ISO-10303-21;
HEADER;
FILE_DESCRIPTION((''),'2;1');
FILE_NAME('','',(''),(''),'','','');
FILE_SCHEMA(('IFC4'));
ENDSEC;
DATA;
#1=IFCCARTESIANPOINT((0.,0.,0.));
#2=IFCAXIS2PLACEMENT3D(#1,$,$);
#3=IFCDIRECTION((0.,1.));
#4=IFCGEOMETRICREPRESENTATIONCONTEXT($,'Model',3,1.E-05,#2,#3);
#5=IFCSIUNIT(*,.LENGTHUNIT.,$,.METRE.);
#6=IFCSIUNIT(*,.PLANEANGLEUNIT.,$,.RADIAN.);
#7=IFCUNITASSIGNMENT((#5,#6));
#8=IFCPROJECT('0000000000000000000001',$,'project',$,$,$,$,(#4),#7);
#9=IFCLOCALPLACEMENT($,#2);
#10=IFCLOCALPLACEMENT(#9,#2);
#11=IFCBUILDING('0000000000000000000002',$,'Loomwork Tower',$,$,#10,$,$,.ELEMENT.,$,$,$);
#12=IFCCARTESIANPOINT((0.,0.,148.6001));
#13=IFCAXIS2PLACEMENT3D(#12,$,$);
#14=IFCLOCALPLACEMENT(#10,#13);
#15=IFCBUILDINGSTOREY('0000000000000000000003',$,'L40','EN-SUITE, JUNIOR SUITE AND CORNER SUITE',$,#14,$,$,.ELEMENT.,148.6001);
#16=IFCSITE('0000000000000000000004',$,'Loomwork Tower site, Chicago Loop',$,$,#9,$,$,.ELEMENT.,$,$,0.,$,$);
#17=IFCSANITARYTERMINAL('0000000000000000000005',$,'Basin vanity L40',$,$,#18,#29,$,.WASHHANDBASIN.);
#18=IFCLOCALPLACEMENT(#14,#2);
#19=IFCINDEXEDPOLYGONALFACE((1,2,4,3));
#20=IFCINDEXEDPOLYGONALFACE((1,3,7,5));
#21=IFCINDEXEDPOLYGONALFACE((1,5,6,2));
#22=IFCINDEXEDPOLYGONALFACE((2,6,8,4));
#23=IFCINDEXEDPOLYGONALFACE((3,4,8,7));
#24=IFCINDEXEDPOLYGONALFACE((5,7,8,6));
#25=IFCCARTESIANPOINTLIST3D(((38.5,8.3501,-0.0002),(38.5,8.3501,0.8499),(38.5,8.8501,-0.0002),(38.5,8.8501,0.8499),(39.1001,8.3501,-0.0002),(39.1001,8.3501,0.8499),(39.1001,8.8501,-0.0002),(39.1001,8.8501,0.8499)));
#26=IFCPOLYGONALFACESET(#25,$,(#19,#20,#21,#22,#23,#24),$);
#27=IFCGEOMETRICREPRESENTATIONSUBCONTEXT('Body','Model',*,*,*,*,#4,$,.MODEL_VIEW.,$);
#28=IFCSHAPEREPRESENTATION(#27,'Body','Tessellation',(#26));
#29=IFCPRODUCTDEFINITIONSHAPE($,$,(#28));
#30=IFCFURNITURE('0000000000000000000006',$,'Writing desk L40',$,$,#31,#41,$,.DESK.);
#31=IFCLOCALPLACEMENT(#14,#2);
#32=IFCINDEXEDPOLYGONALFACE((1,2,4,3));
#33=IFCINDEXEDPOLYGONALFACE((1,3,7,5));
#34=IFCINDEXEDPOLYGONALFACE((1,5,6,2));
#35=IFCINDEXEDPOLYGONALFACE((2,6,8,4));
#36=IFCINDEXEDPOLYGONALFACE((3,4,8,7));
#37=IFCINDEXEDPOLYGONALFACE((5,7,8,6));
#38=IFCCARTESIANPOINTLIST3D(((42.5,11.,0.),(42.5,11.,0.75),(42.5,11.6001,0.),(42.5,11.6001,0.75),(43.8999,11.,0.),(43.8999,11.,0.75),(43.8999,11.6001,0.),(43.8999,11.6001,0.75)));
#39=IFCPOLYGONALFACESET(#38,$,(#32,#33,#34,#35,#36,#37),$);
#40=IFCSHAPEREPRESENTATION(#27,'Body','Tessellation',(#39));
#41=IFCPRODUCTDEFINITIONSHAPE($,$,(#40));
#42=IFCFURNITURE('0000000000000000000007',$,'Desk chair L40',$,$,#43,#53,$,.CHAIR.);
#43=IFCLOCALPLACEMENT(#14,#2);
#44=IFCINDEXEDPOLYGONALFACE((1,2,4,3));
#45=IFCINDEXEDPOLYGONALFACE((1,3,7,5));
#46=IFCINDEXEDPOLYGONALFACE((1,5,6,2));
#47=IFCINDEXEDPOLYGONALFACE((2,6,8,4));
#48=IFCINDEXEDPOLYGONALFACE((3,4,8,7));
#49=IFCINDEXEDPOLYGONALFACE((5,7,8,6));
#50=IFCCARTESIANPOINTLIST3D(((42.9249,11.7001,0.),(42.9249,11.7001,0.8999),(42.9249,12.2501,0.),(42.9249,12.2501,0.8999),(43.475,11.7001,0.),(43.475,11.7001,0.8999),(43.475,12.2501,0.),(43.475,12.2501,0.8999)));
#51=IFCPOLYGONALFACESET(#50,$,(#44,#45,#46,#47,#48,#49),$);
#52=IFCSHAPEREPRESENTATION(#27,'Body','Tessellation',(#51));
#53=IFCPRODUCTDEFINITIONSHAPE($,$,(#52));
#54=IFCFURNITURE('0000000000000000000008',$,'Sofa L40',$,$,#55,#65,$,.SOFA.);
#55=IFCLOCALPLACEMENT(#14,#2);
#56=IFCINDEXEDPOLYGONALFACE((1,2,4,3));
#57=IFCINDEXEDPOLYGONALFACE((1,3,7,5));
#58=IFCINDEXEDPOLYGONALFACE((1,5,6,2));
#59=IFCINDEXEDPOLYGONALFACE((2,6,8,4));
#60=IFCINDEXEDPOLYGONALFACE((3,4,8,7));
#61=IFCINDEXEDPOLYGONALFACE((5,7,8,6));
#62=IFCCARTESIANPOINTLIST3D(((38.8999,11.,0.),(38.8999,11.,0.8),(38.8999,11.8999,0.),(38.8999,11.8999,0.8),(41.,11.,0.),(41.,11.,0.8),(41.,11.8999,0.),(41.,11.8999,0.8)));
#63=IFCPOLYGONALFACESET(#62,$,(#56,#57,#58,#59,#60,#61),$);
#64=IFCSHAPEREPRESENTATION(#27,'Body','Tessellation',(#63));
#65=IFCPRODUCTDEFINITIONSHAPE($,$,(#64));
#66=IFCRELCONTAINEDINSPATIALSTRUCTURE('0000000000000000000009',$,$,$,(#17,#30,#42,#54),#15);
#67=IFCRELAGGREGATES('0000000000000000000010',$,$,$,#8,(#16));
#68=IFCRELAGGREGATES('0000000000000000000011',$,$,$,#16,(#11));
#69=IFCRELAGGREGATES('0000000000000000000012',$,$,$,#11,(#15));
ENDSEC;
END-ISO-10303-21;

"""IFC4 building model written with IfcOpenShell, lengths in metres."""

from ifc_helpers import new_model, si_unit, direction, frame, origin, origin_2d, place, context, subcontext, project, spatial, rectangle, extrude, element, save


model = new_model("IFC4")

# Units and contexts
model_context = context("Model", 3, precision=1e-05, world=origin(), true_north=direction((0.0, 1.0)))
body_context = subcontext(model_context, "Body", "Model", "MODEL_VIEW")
ifc_project = project(units=[si_unit("LENGTHUNIT", "METRE"), si_unit("PLANEANGLEUNIT", "RADIAN")], contexts=[model_context])

# Site, building, storey
site_placement = place(None, origin())
site = spatial("IfcSite", under=ifc_project, at=site_placement, Name="Loomwork Tower site, Chicago Loop", CompositionType="ELEMENT", RefElevation=0.0)
building_placement = place(site_placement, origin())
building = spatial("IfcBuilding", under=site, at=building_placement, Name="Loomwork Tower", CompositionType="ELEMENT")
storey_placement = place(building_placement, frame((0.0, 0.0, 148.6001)))
storey = spatial("IfcBuildingStorey", under=building, at=storey_placement, Name="L40", Description="EN-SUITE, JUNIOR SUITE AND CORNER SUITE", CompositionType="ELEMENT", Elevation=148.6001)

# Sanitary terminal
sanitary_terminal_placement = place(storey_placement, frame((38.8, 8.6001, -0.0002), z_axis=(0.0, 0.0, 1.0), x_axis=(1.0, 0.0, 0.0)))
element("IfcSanitaryTerminal", 1, at=sanitary_terminal_placement, inside=storey, Name="Basin vanity L40", PredefinedType="WASHHANDBASIN", context=body_context, shape_type="SweptSolid", body=[
    extrude(rectangle(XDim=0.6001, YDim=0.5, at=origin_2d()), origin(), (0.0, 0.0, 1.0), 0.8501),
])

# Furniture
furniture_1_placement = place(storey_placement, frame((43.2, 11.3, 0.0), z_axis=(0.0, 0.0, 1.0), x_axis=(1.0, 0.0, 0.0)))
element("IfcFurniture", 2, at=furniture_1_placement, inside=storey, Name="Writing desk L40", PredefinedType="DESK", context=body_context, shape_type="SweptSolid", body=[
    extrude(rectangle(XDim=1.3999, YDim=0.6001, at=origin_2d()), origin(), (0.0, 0.0, 1.0), 0.75),
])
furniture_2_placement = place(storey_placement, frame((43.2, 11.9751, 0.0), z_axis=(0.0, 0.0, 1.0), x_axis=(1.0, 0.0, 0.0)))
element("IfcFurniture", 3, at=furniture_2_placement, inside=storey, Name="Desk chair L40", PredefinedType="CHAIR", context=body_context, shape_type="SweptSolid", body=[
    extrude(rectangle(XDim=0.55, YDim=0.55, at=origin_2d()), origin(), (0.0, 0.0, 1.0), 0.8999),
])
furniture_3_placement = place(storey_placement, frame((39.95, 11.45, 0.0), z_axis=(0.0, 0.0, 1.0), x_axis=(1.0, 0.0, 0.0)))
element("IfcFurniture", 4, at=furniture_3_placement, inside=storey, Name="Sofa L40", PredefinedType="SOFA", context=body_context, shape_type="SweptSolid", body=[
    extrude(rectangle(XDim=2.1001, YDim=0.8999, at=origin_2d()), origin(), (0.0, 0.0, 1.0), 0.8),
])

save(model, "model.ifc")
